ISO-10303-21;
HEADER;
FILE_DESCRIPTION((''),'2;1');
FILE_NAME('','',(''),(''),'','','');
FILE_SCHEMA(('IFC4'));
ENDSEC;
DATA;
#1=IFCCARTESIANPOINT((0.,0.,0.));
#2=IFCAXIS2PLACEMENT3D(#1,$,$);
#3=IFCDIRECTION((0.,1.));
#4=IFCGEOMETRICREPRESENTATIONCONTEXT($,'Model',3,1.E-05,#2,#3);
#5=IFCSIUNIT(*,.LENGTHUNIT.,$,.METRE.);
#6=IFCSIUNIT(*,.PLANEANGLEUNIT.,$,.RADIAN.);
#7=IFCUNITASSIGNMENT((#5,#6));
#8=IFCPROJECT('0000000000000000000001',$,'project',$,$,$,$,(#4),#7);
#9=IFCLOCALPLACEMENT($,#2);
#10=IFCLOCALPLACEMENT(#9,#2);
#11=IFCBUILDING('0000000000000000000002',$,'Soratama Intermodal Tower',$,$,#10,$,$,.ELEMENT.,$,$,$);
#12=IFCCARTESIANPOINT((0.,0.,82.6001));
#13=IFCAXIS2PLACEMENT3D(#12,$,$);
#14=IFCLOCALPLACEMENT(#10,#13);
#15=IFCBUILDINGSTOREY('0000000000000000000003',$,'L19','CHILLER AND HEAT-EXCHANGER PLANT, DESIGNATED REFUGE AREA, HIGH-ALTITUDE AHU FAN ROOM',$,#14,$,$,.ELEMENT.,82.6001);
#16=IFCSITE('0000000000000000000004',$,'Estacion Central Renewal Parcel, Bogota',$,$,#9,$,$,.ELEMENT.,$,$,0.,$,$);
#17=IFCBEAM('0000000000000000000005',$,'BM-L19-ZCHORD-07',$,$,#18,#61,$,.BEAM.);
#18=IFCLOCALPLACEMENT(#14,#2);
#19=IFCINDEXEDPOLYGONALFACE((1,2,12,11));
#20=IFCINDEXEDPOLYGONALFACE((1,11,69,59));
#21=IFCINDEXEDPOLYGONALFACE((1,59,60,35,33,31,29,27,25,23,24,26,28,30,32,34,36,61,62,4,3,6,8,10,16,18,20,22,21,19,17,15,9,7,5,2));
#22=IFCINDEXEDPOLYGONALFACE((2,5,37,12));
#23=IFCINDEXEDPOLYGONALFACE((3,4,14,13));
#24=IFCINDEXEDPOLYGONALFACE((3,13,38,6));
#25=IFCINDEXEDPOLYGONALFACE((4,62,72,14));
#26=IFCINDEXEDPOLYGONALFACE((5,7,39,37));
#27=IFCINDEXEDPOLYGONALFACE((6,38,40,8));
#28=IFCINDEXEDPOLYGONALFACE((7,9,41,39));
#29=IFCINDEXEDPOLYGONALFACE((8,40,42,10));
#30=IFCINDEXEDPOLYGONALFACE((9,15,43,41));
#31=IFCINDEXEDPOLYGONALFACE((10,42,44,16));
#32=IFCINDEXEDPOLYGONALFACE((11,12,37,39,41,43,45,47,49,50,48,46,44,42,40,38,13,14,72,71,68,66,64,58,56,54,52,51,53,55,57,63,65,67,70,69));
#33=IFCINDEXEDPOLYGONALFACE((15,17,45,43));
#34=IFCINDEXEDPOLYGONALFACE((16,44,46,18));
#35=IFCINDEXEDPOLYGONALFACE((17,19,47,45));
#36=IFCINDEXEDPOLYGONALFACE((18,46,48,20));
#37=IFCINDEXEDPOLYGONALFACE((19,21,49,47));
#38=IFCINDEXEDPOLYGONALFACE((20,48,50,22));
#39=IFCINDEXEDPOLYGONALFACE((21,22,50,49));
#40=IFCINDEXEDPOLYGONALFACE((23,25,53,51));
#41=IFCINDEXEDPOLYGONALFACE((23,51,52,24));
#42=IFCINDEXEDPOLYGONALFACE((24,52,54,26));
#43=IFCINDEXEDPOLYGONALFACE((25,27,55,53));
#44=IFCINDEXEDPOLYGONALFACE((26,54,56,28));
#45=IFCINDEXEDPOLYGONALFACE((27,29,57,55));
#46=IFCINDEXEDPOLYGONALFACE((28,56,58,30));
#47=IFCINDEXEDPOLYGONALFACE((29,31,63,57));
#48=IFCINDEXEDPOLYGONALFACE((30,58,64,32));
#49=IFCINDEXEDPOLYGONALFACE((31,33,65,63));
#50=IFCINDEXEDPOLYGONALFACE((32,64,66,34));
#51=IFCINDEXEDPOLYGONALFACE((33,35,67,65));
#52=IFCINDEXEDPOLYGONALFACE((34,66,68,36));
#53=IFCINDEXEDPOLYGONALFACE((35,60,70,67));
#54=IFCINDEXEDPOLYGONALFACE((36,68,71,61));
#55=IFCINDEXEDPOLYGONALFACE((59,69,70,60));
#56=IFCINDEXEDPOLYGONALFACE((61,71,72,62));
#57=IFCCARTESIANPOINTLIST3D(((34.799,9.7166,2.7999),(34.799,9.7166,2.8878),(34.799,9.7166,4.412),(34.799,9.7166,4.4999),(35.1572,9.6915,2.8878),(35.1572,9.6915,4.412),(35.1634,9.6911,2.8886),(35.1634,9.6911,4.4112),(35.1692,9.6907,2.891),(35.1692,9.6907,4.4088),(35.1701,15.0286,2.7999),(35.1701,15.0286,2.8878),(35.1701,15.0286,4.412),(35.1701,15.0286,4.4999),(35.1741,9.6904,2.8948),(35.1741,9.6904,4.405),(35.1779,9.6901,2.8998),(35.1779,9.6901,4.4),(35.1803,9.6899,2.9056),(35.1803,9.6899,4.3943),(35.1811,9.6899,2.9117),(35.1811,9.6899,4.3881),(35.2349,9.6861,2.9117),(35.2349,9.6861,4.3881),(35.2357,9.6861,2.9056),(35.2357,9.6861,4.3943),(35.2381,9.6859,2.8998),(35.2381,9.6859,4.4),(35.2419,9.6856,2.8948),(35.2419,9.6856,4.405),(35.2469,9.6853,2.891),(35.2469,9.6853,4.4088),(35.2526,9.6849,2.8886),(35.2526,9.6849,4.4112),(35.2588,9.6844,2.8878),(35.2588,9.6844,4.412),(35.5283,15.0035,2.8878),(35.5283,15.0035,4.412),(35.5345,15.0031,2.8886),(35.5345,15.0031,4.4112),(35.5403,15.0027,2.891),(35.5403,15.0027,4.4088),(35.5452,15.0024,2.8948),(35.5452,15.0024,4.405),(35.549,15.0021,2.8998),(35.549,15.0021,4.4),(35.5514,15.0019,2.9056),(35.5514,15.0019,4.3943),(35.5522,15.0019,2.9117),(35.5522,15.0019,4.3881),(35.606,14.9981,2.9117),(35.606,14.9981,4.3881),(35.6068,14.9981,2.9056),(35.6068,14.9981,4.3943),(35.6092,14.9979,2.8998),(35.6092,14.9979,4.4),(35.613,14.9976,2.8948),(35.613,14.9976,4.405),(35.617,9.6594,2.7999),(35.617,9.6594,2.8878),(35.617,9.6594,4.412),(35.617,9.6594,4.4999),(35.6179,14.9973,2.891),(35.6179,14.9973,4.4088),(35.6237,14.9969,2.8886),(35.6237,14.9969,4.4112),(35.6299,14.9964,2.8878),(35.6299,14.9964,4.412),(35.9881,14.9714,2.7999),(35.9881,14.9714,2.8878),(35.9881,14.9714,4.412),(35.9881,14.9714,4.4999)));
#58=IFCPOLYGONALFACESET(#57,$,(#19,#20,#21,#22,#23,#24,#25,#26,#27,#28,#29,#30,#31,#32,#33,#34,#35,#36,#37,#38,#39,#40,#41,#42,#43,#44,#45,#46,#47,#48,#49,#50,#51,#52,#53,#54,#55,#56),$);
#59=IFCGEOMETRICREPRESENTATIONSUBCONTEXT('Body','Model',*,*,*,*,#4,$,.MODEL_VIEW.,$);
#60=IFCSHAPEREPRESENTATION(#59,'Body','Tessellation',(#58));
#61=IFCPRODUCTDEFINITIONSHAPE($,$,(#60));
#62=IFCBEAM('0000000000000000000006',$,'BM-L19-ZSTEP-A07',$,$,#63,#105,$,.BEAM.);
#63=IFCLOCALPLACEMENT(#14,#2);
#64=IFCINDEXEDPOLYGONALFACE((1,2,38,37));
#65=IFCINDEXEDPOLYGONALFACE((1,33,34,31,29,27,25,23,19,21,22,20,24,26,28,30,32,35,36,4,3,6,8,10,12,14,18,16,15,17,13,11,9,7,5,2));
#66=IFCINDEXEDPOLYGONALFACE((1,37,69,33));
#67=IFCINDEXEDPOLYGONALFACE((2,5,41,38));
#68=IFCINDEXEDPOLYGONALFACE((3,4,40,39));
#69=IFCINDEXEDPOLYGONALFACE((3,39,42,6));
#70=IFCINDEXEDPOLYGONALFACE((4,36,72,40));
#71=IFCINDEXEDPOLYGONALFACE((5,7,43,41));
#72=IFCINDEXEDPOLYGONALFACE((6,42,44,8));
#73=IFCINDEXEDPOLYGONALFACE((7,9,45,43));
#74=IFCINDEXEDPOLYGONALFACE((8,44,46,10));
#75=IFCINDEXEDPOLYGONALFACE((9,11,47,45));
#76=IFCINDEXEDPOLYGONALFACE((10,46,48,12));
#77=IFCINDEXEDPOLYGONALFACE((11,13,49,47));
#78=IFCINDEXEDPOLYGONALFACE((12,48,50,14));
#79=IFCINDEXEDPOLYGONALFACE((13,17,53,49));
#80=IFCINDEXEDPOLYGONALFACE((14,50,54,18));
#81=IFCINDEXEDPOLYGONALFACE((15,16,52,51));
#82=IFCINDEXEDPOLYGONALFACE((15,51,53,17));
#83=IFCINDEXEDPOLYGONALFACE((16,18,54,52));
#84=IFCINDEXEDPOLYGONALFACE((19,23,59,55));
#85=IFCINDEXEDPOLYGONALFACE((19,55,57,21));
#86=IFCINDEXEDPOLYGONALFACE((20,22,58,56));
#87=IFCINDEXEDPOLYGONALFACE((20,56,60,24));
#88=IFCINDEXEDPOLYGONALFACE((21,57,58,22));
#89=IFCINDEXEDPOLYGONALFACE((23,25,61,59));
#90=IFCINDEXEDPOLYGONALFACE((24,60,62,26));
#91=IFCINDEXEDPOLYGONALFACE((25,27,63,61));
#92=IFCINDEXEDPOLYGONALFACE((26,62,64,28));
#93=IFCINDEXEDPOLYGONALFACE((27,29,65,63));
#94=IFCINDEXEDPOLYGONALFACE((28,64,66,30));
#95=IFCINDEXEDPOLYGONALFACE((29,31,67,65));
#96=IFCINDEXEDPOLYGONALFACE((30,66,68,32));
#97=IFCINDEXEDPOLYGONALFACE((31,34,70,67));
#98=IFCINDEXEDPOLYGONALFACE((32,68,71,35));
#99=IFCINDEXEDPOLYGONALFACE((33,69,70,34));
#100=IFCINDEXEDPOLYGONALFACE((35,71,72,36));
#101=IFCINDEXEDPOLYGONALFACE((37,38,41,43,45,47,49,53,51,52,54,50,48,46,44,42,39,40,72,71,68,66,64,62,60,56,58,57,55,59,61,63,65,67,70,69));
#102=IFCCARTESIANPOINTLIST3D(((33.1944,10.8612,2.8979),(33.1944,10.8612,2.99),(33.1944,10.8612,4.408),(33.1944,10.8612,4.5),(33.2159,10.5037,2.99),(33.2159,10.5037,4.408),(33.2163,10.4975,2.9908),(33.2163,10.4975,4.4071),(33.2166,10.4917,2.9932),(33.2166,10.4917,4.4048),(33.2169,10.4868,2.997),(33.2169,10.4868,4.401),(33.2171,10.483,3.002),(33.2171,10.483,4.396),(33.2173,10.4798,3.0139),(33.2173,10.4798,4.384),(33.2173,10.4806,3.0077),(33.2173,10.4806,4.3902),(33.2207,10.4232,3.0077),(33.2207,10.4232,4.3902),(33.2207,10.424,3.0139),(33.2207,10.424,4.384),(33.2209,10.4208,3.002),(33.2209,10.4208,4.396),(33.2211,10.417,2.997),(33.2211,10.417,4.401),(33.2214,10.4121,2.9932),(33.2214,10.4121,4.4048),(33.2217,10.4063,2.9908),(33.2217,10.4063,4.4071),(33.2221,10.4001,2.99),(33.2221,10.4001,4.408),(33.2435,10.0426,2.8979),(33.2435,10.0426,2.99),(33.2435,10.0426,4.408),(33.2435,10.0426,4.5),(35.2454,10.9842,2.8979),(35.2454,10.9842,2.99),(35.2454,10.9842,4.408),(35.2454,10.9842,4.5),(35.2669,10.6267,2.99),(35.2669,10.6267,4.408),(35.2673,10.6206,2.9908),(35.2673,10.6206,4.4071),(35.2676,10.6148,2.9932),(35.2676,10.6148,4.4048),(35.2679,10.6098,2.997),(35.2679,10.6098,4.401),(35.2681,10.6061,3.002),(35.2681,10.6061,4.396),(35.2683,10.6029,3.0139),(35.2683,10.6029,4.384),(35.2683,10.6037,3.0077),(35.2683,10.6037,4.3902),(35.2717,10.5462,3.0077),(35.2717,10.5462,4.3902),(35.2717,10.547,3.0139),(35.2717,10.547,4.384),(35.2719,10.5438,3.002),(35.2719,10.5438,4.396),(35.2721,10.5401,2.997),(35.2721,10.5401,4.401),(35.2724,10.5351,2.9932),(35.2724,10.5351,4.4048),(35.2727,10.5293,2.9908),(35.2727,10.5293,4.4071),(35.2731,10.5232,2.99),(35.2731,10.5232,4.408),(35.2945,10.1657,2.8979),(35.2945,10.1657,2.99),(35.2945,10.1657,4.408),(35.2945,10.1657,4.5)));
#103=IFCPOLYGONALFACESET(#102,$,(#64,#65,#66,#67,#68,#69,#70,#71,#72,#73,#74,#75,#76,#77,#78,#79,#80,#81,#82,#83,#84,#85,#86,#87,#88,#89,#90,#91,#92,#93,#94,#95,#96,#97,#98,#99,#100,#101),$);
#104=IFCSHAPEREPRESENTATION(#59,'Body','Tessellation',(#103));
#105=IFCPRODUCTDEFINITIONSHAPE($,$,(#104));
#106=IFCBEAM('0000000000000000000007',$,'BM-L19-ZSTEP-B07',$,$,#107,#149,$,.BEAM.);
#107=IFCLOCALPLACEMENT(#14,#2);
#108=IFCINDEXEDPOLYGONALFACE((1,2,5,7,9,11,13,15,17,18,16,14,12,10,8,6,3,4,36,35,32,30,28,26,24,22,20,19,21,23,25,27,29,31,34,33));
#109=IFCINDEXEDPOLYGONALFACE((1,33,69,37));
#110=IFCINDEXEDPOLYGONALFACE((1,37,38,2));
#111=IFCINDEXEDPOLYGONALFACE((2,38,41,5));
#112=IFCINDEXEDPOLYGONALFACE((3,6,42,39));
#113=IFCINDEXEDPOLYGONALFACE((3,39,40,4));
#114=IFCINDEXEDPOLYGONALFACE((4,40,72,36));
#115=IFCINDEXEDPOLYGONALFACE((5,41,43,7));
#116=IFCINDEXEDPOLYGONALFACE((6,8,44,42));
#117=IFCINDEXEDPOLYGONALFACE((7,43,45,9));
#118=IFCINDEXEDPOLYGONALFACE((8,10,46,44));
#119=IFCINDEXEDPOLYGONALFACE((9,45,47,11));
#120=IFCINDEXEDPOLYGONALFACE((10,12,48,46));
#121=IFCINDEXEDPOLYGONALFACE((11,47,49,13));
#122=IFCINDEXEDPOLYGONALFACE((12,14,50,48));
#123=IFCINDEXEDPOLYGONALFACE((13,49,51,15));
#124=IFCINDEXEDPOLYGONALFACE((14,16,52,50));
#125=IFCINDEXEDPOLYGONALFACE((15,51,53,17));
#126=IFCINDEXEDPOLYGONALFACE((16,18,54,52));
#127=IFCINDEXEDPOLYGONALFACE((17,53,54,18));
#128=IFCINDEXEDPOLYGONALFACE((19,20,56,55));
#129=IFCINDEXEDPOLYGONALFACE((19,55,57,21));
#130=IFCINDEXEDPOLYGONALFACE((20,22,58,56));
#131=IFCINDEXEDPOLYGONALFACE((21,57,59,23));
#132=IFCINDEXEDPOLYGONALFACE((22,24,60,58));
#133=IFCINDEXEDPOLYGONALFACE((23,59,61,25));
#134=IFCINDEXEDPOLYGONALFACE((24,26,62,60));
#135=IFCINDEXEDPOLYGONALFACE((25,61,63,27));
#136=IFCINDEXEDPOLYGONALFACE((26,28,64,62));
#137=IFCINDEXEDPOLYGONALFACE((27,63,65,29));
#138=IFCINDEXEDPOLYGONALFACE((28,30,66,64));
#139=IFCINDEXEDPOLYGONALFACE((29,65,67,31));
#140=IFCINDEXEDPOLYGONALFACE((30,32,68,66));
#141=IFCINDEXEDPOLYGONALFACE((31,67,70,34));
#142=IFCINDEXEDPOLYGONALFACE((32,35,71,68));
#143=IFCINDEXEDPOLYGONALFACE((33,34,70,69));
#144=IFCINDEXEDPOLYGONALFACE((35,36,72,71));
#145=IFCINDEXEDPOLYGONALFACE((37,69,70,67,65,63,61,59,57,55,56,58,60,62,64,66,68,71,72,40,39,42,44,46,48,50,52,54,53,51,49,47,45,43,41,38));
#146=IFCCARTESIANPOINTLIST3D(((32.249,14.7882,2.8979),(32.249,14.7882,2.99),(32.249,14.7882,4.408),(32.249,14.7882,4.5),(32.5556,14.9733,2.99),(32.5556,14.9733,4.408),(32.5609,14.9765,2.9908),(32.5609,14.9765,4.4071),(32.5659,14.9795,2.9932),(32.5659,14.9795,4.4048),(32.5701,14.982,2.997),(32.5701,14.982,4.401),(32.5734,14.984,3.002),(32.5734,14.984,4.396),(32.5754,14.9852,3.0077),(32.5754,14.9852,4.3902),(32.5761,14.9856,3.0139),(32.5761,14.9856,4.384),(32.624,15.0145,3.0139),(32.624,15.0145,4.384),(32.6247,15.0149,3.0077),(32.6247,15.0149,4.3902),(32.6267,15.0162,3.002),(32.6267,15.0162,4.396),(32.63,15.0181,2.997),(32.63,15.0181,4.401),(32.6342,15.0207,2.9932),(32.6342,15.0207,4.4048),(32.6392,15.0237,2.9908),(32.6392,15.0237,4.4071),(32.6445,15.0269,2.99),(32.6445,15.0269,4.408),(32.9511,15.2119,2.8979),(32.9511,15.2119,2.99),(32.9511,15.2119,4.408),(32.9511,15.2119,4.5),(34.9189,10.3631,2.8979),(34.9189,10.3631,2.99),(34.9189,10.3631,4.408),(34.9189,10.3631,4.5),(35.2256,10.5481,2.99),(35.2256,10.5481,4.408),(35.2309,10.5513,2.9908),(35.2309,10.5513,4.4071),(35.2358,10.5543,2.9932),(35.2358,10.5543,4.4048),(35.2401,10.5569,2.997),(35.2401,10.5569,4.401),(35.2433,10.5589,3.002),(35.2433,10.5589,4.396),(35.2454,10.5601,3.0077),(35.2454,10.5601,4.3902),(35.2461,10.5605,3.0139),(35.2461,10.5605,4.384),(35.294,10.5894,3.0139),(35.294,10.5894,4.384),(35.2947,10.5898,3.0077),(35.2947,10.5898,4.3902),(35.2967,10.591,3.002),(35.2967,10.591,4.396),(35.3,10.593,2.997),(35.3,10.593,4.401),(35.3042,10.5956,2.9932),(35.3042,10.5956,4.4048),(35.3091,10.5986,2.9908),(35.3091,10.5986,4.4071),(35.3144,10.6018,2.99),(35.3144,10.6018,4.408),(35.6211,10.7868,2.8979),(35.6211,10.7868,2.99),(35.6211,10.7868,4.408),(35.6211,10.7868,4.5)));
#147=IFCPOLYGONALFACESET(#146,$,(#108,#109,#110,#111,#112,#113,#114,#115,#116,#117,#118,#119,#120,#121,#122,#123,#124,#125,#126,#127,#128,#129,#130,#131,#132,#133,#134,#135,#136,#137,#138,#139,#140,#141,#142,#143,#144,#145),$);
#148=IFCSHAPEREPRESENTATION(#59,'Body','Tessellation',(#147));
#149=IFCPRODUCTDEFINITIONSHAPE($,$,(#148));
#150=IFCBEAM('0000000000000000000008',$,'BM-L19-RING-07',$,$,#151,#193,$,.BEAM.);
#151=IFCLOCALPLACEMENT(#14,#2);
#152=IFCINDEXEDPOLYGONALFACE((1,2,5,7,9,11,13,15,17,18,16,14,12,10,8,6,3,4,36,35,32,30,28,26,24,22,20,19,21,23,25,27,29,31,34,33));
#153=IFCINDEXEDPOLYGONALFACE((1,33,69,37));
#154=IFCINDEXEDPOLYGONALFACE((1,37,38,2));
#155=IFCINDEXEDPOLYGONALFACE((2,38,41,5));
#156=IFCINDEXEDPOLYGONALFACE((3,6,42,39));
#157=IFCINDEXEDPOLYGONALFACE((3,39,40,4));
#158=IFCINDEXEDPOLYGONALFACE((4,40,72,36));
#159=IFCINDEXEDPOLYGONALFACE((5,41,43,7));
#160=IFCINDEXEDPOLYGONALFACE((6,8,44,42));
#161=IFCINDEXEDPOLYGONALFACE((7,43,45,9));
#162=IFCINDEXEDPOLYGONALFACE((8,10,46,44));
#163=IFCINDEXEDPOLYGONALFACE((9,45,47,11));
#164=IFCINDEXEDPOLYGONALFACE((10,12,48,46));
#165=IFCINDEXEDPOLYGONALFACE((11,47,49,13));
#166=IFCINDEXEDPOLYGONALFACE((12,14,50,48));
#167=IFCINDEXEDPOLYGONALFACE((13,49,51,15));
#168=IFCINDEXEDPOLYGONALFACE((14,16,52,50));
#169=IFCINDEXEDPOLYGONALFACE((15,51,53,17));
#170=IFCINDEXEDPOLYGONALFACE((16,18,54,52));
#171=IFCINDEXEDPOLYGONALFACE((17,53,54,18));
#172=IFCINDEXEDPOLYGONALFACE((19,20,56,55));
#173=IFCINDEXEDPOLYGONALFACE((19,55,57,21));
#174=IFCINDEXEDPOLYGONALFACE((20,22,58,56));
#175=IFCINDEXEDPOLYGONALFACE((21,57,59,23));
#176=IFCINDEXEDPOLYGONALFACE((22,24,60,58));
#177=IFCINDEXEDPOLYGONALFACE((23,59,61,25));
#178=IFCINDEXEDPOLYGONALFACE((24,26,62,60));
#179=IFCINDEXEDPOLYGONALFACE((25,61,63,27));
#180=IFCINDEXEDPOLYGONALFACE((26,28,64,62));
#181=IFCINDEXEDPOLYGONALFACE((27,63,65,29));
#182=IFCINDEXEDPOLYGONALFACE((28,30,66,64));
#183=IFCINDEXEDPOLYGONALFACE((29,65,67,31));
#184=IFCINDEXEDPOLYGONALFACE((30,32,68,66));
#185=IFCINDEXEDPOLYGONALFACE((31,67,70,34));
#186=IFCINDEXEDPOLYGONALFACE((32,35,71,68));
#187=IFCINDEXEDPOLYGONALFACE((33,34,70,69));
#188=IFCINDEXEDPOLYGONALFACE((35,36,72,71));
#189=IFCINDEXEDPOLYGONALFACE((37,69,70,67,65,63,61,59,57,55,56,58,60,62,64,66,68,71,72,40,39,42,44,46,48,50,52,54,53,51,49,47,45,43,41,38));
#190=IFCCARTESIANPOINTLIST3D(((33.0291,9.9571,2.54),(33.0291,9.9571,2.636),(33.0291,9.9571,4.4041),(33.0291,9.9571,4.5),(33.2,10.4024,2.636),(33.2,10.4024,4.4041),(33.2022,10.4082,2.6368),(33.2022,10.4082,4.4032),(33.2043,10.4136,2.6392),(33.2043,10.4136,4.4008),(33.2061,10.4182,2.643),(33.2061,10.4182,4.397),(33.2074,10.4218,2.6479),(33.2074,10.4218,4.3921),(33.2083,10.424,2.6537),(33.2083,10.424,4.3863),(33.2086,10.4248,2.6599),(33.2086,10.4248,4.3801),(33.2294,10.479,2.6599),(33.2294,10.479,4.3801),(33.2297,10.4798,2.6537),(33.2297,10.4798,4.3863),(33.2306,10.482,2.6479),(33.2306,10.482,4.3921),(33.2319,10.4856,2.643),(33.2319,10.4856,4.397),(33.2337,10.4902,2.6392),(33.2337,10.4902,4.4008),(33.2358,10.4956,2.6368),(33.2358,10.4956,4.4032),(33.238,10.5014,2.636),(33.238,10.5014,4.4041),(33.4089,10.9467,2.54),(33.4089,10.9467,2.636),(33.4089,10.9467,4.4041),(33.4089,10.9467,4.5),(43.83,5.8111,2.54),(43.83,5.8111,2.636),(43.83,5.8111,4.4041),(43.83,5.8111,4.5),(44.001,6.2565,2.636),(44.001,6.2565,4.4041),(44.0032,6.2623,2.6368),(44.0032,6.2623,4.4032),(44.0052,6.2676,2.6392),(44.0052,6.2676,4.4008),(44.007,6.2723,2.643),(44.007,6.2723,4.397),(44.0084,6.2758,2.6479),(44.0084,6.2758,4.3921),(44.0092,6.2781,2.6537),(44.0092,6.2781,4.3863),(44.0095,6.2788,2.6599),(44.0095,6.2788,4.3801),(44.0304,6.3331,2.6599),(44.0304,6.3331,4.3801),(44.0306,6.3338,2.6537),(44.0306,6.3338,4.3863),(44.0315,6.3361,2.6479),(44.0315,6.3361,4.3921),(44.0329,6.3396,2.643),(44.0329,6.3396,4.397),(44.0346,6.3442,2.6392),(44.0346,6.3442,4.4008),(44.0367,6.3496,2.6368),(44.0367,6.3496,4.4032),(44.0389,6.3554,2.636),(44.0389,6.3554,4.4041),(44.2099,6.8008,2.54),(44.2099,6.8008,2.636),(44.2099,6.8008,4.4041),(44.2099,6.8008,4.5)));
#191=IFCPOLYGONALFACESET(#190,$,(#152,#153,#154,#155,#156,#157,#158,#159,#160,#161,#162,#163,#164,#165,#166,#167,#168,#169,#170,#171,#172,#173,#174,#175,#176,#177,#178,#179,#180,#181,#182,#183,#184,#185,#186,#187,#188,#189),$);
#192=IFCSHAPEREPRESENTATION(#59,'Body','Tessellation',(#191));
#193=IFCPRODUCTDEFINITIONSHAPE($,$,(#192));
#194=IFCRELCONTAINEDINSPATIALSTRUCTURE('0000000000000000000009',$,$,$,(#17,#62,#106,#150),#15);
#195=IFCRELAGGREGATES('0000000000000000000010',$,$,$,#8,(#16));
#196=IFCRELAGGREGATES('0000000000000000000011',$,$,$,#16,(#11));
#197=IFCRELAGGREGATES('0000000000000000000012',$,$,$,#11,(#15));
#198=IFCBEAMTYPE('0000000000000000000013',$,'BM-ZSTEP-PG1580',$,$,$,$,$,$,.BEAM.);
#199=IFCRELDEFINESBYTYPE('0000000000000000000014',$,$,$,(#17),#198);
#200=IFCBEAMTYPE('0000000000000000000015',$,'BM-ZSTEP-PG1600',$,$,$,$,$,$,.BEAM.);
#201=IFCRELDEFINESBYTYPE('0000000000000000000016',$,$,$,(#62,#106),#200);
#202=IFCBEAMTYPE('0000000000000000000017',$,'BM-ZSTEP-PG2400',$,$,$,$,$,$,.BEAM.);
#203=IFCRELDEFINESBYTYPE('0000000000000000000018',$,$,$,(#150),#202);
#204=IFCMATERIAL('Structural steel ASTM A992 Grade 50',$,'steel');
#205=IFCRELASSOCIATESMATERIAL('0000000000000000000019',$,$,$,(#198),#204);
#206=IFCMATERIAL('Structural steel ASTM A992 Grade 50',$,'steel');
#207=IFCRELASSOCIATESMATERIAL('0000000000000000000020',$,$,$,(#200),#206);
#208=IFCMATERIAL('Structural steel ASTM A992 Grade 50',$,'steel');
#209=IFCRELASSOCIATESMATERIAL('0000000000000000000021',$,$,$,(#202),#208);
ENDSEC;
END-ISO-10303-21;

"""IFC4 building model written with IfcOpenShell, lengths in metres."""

from ifc_helpers import new_model, si_unit, direction, frame, origin, origin_2d, place, context, subcontext, project, spatial, i_section, extrude, material, material_profile, profile_set, type_object, element, save


model = new_model("IFC4")

# Units and contexts
model_context = context("Model", 3, precision=1e-05, world=origin(), true_north=direction((0.0, 1.0)))
body_context = subcontext(model_context, "Body", "Model", "MODEL_VIEW")
ifc_project = project(units=[si_unit("LENGTHUNIT", "METRE"), si_unit("PLANEANGLEUNIT", "RADIAN")], contexts=[model_context])

# Site, building, storey
site_placement = place(None, origin())
site = spatial("IfcSite", under=ifc_project, at=site_placement, Name="Estacion Central Renewal Parcel, Bogota", CompositionType="ELEMENT", RefElevation=0.0)
building_placement = place(site_placement, origin())
building = spatial("IfcBuilding", under=site, at=building_placement, Name="Soratama Intermodal Tower", CompositionType="ELEMENT")
storey_placement = place(building_placement, frame((0.0, 0.0, 82.6001)))
storey = spatial("IfcBuildingStorey", under=building, at=storey_placement, Name="L19", Description="CHILLER AND HEAT-EXCHANGER PLANT, DESIGNATED REFUGE AREA, HIGH-ALTITUDE AHU FAN ROOM", CompositionType="ELEMENT", Elevation=82.6001)

# Beams
ifc_material_1 = material(Name="Structural steel ASTM A992 Grade 50", Category="steel")
ifc_material_profile_1 = material_profile(ifc_material_1, i_section(OverallWidth=0.8201, OverallDepth=1.7, WebThickness=0.054, FlangeThickness=0.0879, FilletRadius=0.0239, at=origin_2d()), Name="PG1580X800")
ifc_profile_set_1 = profile_set([ifc_material_profile_1], Name="Structural steel ASTM A992 Grade 50")
beam_type_1 = type_object("IfcBeamType", Name="BM-ZSTEP-PG1580", PredefinedType="BEAM", material=ifc_profile_set_1)
beam_1_placement = place(storey_placement, frame((35.208, 9.688, 3.6499), z_axis=(0.06969, 0.997569, 0.0), x_axis=(-0.997569, 0.06969, 0.0)))
element("IfcBeam", 1, at=beam_1_placement, inside=storey, type_object=beam_type_1, Name="BM-L19-ZCHORD-07", PredefinedType="BEAM", context=body_context, shape_type="SweptSolid", body=[
    extrude(i_section(OverallWidth=0.8201, OverallDepth=1.7, WebThickness=0.054, FlangeThickness=0.0879, FilletRadius=0.0239, at=origin_2d()), origin(), (0.0, 0.0, 1.0), 5.325),
])
ifc_material_2 = material(Name="Structural steel ASTM A992 Grade 50", Category="steel")
ifc_material_profile_2 = material_profile(ifc_material_2, i_section(OverallWidth=0.8201, OverallDepth=1.6021, WebThickness=0.0559, FlangeThickness=0.092, FilletRadius=0.0239, at=origin_2d()), Name="PG1600X650")
ifc_profile_set_2 = profile_set([ifc_material_profile_2], Name="Structural steel ASTM A992 Grade 50")
beam_type_2 = type_object("IfcBeamType", Name="BM-ZSTEP-PG1600", PredefinedType="BEAM", material=ifc_profile_set_2)
beam_2_placement = place(storey_placement, frame((33.219, 10.4519, 3.699), z_axis=(0.998205, 0.059885, 0.0), x_axis=(-0.059885, 0.998205, 0.0)))
element("IfcBeam", 2, at=beam_2_placement, inside=storey, type_object=beam_type_2, Name="BM-L19-ZSTEP-A07", PredefinedType="BEAM", context=body_context, shape_type="SweptSolid", body=[
    extrude(i_section(OverallWidth=0.8201, OverallDepth=1.6021, WebThickness=0.0559, FlangeThickness=0.092, FilletRadius=0.0239, at=origin_2d()), origin(), (0.0, 0.0, 1.0), 2.0547),
])
beam_3_placement = place(storey_placement, frame((35.27, 10.575, 3.699), z_axis=(-0.516613, 0.856219, 0.0), x_axis=(-0.856219, -0.516613, 0.0)))
element("IfcBeam", 3, at=beam_3_placement, inside=storey, type_object=beam_type_2, Name="BM-L19-ZSTEP-B07", PredefinedType="BEAM", context=body_context, shape_type="SweptSolid", body=[
    extrude(i_section(OverallWidth=0.8201, OverallDepth=1.6021, WebThickness=0.0559, FlangeThickness=0.092, FilletRadius=0.0239, at=origin_2d()), origin(), (0.0, 0.0, 1.0), 5.1682),
])
ifc_material_3 = material(Name="Structural steel ASTM A992 Grade 50", Category="steel")
ifc_material_profile_3 = material_profile(ifc_material_3, i_section(OverallWidth=1.0601, OverallDepth=1.96, WebThickness=0.0581, FlangeThickness=0.0959, FilletRadius=0.0239, at=origin_2d()), Name="PG2400X900")
ifc_profile_set_3 = profile_set([ifc_material_profile_3], Name="Structural steel ASTM A992 Grade 50")
beam_type_3 = type_object("IfcBeamType", Name="BM-ZSTEP-PG2400", PredefinedType="BEAM", material=ifc_profile_set_3)
beam_4_placement = place(storey_placement, frame((33.219, 10.4519, 3.52), z_axis=(0.933584, -0.358358, 0.0), x_axis=(0.358358, 0.933584, 0.0)))
element("IfcBeam", 4, at=beam_4_placement, inside=storey, type_object=beam_type_3, Name="BM-L19-RING-07", PredefinedType="BEAM", context=body_context, shape_type="SweptSolid", body=[
    extrude(i_section(OverallWidth=1.0601, OverallDepth=1.96, WebThickness=0.0581, FlangeThickness=0.0959, FilletRadius=0.0239, at=origin_2d()), origin(), (0.0, 0.0, 1.0), 11.5693),
])

save(model, "model.ifc")
